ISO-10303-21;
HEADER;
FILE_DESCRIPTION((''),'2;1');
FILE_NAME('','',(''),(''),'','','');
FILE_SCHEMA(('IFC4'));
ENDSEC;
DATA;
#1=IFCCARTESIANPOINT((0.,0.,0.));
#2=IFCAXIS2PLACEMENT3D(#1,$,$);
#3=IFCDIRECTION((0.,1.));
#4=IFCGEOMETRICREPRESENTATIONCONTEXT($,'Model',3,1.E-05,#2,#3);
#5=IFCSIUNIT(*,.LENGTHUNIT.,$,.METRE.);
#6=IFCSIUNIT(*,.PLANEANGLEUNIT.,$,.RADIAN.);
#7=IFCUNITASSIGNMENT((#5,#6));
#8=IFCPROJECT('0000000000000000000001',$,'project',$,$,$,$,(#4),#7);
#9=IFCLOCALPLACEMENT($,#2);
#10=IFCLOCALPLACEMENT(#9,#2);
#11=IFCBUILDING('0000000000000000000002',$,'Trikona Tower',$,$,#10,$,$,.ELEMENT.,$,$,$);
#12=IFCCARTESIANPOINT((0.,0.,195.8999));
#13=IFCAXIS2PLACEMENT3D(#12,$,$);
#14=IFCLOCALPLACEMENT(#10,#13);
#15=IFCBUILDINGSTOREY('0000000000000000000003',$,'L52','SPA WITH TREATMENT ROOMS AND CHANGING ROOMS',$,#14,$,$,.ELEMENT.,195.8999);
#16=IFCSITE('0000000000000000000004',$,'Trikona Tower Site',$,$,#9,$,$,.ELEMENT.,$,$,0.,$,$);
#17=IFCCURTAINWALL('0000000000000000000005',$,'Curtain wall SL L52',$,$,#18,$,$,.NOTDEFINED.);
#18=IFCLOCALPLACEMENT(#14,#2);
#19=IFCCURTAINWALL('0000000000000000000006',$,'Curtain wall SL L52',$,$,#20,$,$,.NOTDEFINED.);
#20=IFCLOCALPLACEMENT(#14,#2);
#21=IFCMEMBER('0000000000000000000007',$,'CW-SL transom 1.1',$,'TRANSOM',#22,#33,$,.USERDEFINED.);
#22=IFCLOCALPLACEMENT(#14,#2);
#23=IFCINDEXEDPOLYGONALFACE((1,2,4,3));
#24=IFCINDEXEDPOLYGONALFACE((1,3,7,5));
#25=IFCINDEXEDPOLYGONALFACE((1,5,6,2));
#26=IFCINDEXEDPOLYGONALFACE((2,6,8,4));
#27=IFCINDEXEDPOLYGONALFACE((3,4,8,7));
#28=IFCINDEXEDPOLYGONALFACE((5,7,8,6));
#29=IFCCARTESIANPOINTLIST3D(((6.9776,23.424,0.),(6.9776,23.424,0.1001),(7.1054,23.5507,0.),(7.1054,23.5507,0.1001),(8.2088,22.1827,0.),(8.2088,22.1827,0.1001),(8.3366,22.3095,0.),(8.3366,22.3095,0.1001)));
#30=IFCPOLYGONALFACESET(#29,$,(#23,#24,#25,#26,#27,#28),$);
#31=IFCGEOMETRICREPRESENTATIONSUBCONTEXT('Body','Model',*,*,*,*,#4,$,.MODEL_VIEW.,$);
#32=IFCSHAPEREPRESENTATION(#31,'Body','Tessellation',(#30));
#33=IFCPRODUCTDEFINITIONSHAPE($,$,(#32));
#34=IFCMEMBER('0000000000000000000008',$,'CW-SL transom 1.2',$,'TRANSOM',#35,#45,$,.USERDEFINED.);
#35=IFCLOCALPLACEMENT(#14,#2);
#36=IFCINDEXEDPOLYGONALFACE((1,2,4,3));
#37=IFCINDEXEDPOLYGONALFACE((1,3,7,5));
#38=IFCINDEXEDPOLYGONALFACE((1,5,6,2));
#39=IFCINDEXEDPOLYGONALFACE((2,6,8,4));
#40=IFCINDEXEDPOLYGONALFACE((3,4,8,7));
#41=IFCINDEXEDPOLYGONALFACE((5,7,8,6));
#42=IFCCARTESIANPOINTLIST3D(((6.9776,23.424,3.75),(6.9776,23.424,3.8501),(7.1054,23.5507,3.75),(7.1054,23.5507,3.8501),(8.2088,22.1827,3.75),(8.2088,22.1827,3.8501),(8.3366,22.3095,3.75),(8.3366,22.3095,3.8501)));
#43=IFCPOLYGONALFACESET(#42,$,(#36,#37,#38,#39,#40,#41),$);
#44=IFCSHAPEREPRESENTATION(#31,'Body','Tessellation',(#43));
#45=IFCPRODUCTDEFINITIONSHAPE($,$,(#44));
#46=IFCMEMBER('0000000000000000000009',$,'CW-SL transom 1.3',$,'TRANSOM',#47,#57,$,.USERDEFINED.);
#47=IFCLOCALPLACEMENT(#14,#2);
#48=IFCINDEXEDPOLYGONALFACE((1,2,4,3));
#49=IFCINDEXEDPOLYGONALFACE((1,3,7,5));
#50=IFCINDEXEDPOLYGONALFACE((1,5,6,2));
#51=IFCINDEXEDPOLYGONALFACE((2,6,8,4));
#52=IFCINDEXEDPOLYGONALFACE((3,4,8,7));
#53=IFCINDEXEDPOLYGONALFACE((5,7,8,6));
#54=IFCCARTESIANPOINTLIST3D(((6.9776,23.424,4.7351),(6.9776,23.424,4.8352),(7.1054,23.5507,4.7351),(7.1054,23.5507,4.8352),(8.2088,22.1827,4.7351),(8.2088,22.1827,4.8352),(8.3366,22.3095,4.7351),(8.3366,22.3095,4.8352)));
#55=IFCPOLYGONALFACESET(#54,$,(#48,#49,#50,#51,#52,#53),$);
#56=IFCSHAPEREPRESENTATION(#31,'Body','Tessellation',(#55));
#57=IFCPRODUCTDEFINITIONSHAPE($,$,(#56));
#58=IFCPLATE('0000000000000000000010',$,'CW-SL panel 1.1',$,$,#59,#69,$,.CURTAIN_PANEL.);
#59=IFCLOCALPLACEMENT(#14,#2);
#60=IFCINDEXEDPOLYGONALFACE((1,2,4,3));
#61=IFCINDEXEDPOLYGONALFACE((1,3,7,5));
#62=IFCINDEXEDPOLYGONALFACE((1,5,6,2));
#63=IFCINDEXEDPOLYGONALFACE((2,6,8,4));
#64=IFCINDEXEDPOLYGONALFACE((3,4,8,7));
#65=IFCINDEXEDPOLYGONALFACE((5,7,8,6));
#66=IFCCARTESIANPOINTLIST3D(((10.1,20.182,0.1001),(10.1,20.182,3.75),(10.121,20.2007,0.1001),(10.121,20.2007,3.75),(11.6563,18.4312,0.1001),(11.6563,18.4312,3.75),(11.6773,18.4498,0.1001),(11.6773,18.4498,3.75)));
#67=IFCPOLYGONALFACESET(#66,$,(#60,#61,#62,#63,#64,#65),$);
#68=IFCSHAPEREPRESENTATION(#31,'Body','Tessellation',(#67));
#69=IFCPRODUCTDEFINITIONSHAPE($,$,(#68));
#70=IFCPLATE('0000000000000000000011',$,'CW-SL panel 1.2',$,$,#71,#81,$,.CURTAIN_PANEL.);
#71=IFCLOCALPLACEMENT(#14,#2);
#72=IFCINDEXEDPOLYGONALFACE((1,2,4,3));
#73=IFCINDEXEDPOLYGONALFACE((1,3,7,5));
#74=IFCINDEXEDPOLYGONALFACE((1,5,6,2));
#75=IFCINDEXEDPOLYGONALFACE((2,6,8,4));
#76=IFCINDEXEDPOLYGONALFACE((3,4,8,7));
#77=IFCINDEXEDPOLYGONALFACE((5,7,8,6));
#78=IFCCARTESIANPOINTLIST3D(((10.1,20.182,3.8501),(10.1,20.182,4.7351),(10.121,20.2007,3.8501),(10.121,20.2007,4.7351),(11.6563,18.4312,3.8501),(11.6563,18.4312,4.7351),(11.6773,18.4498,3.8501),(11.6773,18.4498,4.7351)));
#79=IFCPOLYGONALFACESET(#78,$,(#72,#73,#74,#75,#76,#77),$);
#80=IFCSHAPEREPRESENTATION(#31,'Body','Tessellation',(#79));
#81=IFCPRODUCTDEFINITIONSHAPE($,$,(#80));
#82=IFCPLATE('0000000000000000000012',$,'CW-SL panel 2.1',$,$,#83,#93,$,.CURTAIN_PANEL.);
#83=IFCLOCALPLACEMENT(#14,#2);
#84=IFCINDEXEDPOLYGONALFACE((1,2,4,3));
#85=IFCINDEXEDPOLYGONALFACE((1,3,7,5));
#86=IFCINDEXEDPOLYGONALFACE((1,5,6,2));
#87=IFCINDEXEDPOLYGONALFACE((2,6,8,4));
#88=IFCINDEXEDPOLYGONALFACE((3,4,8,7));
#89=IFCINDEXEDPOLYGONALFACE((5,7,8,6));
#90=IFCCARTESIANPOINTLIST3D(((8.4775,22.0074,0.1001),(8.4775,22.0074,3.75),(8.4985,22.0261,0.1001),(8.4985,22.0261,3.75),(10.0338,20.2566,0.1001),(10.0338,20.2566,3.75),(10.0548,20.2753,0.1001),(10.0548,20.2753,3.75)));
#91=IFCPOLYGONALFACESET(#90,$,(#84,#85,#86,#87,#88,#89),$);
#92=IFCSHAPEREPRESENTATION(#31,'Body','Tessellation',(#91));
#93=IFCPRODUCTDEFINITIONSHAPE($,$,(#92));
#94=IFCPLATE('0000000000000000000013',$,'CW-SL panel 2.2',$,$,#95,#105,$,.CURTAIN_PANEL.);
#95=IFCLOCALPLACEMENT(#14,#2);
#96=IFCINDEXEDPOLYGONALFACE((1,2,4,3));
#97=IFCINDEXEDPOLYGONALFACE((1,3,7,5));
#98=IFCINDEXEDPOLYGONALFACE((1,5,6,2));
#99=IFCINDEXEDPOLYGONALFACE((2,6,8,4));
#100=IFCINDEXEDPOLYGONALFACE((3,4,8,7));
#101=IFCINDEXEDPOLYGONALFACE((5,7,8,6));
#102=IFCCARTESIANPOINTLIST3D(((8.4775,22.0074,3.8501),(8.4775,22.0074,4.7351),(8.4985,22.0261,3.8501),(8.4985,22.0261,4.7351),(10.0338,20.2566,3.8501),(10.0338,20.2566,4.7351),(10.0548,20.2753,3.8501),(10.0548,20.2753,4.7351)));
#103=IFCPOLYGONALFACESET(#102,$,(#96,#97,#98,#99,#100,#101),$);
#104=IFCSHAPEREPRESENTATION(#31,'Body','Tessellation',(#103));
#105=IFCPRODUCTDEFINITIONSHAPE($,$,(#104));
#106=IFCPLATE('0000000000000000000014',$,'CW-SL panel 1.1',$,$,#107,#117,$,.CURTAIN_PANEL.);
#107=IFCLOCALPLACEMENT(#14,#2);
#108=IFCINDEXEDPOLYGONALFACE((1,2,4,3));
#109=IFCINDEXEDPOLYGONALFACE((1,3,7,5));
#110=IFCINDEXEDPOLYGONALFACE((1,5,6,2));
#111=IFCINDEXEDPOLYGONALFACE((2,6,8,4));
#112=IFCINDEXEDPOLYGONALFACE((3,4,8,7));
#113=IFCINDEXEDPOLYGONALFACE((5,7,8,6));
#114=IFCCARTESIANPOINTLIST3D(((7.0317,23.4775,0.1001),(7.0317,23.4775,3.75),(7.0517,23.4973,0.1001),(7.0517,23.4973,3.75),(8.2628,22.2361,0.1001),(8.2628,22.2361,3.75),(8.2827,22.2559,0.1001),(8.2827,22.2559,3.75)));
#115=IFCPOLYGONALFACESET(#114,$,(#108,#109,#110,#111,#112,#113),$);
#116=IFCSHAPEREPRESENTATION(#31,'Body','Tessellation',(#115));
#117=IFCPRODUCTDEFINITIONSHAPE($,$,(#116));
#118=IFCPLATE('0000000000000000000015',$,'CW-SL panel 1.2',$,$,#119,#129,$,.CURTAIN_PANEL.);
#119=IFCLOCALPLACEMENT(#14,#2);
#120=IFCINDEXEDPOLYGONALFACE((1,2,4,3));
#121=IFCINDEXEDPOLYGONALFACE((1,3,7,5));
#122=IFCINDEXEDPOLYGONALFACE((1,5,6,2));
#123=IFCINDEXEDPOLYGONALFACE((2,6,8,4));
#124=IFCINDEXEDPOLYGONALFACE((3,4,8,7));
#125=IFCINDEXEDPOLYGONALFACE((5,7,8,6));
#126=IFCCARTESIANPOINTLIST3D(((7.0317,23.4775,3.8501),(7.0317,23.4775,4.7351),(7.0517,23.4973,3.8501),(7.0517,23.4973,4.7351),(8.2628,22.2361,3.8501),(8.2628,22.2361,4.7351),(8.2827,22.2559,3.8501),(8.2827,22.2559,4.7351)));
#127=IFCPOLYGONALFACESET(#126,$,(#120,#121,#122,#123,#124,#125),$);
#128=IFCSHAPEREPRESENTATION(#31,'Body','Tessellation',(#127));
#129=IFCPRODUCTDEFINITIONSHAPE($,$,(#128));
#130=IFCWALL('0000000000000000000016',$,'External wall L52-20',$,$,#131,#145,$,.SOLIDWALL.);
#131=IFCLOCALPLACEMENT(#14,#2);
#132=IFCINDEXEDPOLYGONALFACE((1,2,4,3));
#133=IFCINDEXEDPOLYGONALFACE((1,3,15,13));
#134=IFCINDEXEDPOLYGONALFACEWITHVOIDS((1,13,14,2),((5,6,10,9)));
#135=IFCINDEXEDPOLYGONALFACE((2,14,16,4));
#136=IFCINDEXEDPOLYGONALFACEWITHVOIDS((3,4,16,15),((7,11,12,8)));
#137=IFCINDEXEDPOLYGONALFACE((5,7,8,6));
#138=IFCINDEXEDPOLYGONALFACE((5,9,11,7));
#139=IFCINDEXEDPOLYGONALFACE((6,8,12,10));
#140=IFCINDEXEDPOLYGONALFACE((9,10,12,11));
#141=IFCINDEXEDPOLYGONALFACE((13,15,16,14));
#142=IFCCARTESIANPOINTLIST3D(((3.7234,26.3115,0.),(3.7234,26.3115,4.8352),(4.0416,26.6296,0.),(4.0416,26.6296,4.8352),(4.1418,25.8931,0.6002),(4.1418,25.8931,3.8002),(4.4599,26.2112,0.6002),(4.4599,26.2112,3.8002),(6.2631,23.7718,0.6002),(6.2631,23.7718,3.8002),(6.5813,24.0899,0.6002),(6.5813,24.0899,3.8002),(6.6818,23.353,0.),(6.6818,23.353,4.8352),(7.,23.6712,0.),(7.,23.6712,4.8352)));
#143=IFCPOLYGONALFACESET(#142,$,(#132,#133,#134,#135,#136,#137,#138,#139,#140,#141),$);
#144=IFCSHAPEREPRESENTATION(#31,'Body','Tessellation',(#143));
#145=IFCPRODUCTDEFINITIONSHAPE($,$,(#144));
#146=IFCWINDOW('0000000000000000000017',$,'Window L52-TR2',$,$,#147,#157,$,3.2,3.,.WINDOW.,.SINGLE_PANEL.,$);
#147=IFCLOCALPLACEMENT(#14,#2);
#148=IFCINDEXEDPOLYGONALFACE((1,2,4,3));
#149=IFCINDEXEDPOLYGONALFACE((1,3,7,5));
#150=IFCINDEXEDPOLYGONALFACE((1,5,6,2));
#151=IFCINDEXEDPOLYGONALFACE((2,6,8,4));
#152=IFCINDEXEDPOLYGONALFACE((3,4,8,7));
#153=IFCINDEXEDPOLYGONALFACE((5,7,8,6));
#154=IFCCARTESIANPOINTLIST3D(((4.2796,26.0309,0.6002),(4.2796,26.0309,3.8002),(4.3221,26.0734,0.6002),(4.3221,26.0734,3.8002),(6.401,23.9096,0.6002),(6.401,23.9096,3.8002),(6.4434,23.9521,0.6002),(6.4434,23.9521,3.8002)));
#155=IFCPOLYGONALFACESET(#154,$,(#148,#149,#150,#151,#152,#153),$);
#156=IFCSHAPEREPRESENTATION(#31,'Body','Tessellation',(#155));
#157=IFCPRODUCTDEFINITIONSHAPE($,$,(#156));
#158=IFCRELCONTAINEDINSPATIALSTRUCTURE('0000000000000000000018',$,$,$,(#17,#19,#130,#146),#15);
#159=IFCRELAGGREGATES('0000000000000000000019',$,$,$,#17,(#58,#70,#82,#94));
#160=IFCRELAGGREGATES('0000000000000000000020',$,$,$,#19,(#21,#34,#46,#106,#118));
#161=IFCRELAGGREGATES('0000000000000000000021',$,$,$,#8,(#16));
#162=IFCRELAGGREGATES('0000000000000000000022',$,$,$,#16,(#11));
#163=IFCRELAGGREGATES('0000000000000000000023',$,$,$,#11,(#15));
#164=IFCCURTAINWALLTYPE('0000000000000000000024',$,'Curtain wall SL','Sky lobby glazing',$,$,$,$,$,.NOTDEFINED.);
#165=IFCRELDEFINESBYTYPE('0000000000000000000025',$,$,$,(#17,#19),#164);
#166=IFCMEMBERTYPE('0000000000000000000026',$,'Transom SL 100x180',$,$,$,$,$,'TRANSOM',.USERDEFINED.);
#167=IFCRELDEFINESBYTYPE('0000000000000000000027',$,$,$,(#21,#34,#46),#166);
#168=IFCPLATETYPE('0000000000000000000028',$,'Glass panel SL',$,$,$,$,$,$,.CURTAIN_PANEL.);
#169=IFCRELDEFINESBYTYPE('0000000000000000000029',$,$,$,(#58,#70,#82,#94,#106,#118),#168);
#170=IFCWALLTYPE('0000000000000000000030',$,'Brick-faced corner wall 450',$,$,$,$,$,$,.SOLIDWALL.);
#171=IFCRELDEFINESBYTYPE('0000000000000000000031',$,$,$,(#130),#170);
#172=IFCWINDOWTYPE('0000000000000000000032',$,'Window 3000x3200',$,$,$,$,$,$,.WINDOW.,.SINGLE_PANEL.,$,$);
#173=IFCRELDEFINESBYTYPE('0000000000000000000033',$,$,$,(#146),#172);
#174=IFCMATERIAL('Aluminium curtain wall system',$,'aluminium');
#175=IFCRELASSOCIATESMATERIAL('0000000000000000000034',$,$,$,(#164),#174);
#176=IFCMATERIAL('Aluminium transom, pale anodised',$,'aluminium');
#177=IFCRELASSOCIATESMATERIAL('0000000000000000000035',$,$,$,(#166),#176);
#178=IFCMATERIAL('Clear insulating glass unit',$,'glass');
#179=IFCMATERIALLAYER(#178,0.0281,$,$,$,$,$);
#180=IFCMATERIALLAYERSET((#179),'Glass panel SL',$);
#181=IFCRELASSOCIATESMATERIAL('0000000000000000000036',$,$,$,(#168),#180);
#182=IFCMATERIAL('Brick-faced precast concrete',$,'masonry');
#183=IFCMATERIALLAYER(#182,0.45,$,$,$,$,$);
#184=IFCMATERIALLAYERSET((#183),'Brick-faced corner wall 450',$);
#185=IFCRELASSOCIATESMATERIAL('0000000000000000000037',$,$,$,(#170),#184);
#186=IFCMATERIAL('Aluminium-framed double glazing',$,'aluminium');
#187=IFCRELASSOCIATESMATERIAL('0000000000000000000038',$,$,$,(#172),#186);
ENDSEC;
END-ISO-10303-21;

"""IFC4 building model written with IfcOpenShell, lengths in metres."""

from ifc_helpers import new_model, si_unit, direction, frame, frame_2d, origin, origin_2d, place, context, subcontext, project, spatial, rectangle, extrude, material, layer, layer_set, material_profile, profile_set, type_object, element, fill, aggregate, save


model = new_model("IFC4")

# Units and contexts
model_context = context("Model", 3, precision=1e-05, world=origin(), true_north=direction((0.0, 1.0)))
body_context = subcontext(model_context, "Body", "Model", "MODEL_VIEW")
ifc_project = project(units=[si_unit("LENGTHUNIT", "METRE"), si_unit("PLANEANGLEUNIT", "RADIAN")], contexts=[model_context])

# Site, building, storey
site_placement = place(None, origin())
site = spatial("IfcSite", under=ifc_project, at=site_placement, Name="Trikona Tower Site", CompositionType="ELEMENT", RefElevation=0.0)
building_placement = place(site_placement, origin())
building = spatial("IfcBuilding", under=site, at=building_placement, Name="Trikona Tower", CompositionType="ELEMENT")
storey_placement = place(building_placement, frame((0.0, 0.0, 195.8999)))
storey = spatial("IfcBuildingStorey", under=building, at=storey_placement, Name="L52", Description="SPA WITH TREATMENT ROOMS AND CHANGING ROOMS", CompositionType="ELEMENT", Elevation=195.8999)

# Curtain walls
ifc_material_1 = material(Name="Aluminium curtain wall system", Category="aluminium")
curtain_wall_type = type_object("IfcCurtainWallType", Name="Curtain wall SL", Description="Sky lobby glazing", PredefinedType="NOTDEFINED", material=ifc_material_1)
curtain_wall_1_placement = place(storey_placement, origin())
curtain_wall_1 = element("IfcCurtainWall", 1, at=curtain_wall_1_placement, inside=storey, type_object=curtain_wall_type, Name="Curtain wall SL L52", PredefinedType="NOTDEFINED")
curtain_wall_2_placement = place(storey_placement, origin())
curtain_wall_2 = element("IfcCurtainWall", 2, at=curtain_wall_2_placement, inside=storey, type_object=curtain_wall_type, Name="Curtain wall SL L52", PredefinedType="NOTDEFINED")

# Members
ifc_material_2 = material(Name="Aluminium transom, pale anodised", Category="aluminium")
ifc_material_profile_1 = material_profile(ifc_material_2, rectangle(XDim=0.1799, YDim=0.1001, at=origin_2d()), Name="TRN-SL")
ifc_profile_set_1 = profile_set([ifc_material_profile_1], Name="Aluminium transom, pale anodised")
member_type_1 = type_object("IfcMemberType", Name="Transom SL 100x180", ElementType="TRANSOM", PredefinedType="USERDEFINED", material=ifc_profile_set_1)
member_1_placement = place(storey_placement, frame((8.2727, 22.2461, 0.05), z_axis=(-0.704238, 0.709964, 0.0), x_axis=(-0.709964, -0.704238, 0.0)))
member_1 = element("IfcMember", 3, at=member_1_placement, type_object=member_type_1, Name="CW-SL transom 1.1", ObjectType="TRANSOM", PredefinedType="USERDEFINED", context=body_context, shape_type="SweptSolid", body=[
    extrude(rectangle(XDim=0.1799, YDim=0.1001, at=origin_2d()), origin(), (0.0, 0.0, 1.0), 1.7483),
])
member_2_placement = place(storey_placement, frame((8.2727, 22.2461, 3.8), z_axis=(-0.704238, 0.709964, 0.0), x_axis=(-0.709964, -0.704238, 0.0)))
member_2 = element("IfcMember", 4, at=member_2_placement, type_object=member_type_1, Name="CW-SL transom 1.2", ObjectType="TRANSOM", PredefinedType="USERDEFINED", context=body_context, shape_type="SweptSolid", body=[
    extrude(rectangle(XDim=0.1799, YDim=0.1001, at=origin_2d()), origin(), (0.0, 0.0, 1.0), 1.7483),
])
member_3_placement = place(storey_placement, frame((8.2727, 22.2461, 4.7852), z_axis=(-0.704238, 0.709964, 0.0), x_axis=(-0.709964, -0.704238, 0.0)))
member_3 = element("IfcMember", 5, at=member_3_placement, type_object=member_type_1, Name="CW-SL transom 1.3", ObjectType="TRANSOM", PredefinedType="USERDEFINED", context=body_context, shape_type="SweptSolid", body=[
    extrude(rectangle(XDim=0.1799, YDim=0.1001, at=origin_2d()), origin(), (0.0, 0.0, 1.0), 1.7483),
])

# Plates
ifc_material_3 = material(Name="Clear insulating glass unit", Category="glass")
ifc_layer_1 = layer(ifc_material_3, 0.0281)
ifc_layer_set_1 = layer_set([ifc_layer_1], Name="Glass panel SL")
plate_type = type_object("IfcPlateType", Name="Glass panel SL", PredefinedType="CURTAIN_PANEL", material=ifc_layer_set_1)
plate_1_placement = place(storey_placement, frame((10.8887, 19.3159, 0.1001), z_axis=(0.0, 0.0, 1.0), x_axis=(-0.664371, 0.747403, 0.0)))
plate_1 = element("IfcPlate", 6, at=plate_1_placement, type_object=plate_type, Name="CW-SL panel 1.1", PredefinedType="CURTAIN_PANEL", context=body_context, shape_type="SweptSolid", body=[
    extrude(rectangle(XDim=2.3425, YDim=0.0281, at=origin_2d()), origin(), (0.0, 0.0, 1.0), 3.6499),
])
plate_2_placement = place(storey_placement, frame((10.8887, 19.3159, 3.8501), z_axis=(0.0, 0.0, 1.0), x_axis=(-0.664371, 0.747403, 0.0)))
plate_2 = element("IfcPlate", 7, at=plate_2_placement, type_object=plate_type, Name="CW-SL panel 1.2", PredefinedType="CURTAIN_PANEL", context=body_context, shape_type="SweptSolid", body=[
    extrude(rectangle(XDim=2.3425, YDim=0.0281, at=origin_2d()), origin(), (0.0, 0.0, 1.0), 0.885),
])
plate_3_placement = place(storey_placement, frame((9.2661, 21.1414, 0.1001), z_axis=(0.0, 0.0, 1.0), x_axis=(-0.664371, 0.747403, 0.0)))
plate_3 = element("IfcPlate", 8, at=plate_3_placement, type_object=plate_type, Name="CW-SL panel 2.1", PredefinedType="CURTAIN_PANEL", context=body_context, shape_type="SweptSolid", body=[
    extrude(rectangle(XDim=2.3425, YDim=0.0281, at=origin_2d()), origin(), (0.0, 0.0, 1.0), 3.6499),
])
plate_4_placement = place(storey_placement, frame((9.2661, 21.1414, 3.8501), z_axis=(0.0, 0.0, 1.0), x_axis=(-0.664371, 0.747403, 0.0)))
plate_4 = element("IfcPlate", 9, at=plate_4_placement, type_object=plate_type, Name="CW-SL panel 2.2", PredefinedType="CURTAIN_PANEL", context=body_context, shape_type="SweptSolid", body=[
    extrude(rectangle(XDim=2.3425, YDim=0.0281, at=origin_2d()), origin(), (0.0, 0.0, 1.0), 0.885),
])
aggregate(curtain_wall_1, [plate_1, plate_2, plate_3, plate_4])
plate_5_placement = place(storey_placement, frame((7.6572, 22.8667, 0.1001), z_axis=(0.0, 0.0, 1.0), x_axis=(-0.704149, 0.710052, 0.0)))
plate_5 = element("IfcPlate", 10, at=plate_5_placement, type_object=plate_type, Name="CW-SL panel 1.1", PredefinedType="CURTAIN_PANEL", context=body_context, shape_type="SweptSolid", body=[
    extrude(rectangle(XDim=1.7483, YDim=0.0281, at=origin_2d()), origin(), (0.0, 0.0, 1.0), 3.6499),
])
plate_6_placement = place(storey_placement, frame((7.6572, 22.8667, 3.8501), z_axis=(0.0, 0.0, 1.0), x_axis=(-0.704149, 0.710052, 0.0)))
plate_6 = element("IfcPlate", 11, at=plate_6_placement, type_object=plate_type, Name="CW-SL panel 1.2", PredefinedType="CURTAIN_PANEL", context=body_context, shape_type="SweptSolid", body=[
    extrude(rectangle(XDim=1.7483, YDim=0.0281, at=origin_2d()), origin(), (0.0, 0.0, 1.0), 0.885),
])
aggregate(curtain_wall_2, [member_1, member_2, member_3, plate_5, plate_6])

# Wall, opening, window
ifc_material_4 = material(Name="Brick-faced precast concrete", Category="masonry")
ifc_layer_2 = layer(ifc_material_4, 0.45)
ifc_layer_set_2 = layer_set([ifc_layer_2], Name="Brick-faced corner wall 450")
wall_type_1 = type_object("IfcWallType", Name="Brick-faced corner wall 450", PredefinedType="SOLIDWALL", material=ifc_layer_set_2)
wall_1_placement = place(storey_placement, frame((6.8408, 23.5122, 0.0), z_axis=(0.0, 0.0, 1.0), x_axis=(-0.707107, 0.707107, 0.0)))
wall_1 = element("IfcWall", 12, at=wall_1_placement, inside=storey, type_object=wall_type_1, Name="External wall L52-20", PredefinedType="SOLIDWALL", context=body_context, shape_type="SweptSolid", body=[
    extrude(rectangle(XDim=4.1838, YDim=0.45, at=frame_2d((2.0918, 0.0))), origin(), (0.0, 0.0, 1.0), 4.8352),
])
opening_1_placement = place(wall_1_placement, frame((0.592, 0.0, 0.6001)))
opening_1 = element("IfcOpeningElement", 13, at=opening_1_placement, cuts=wall_1, PredefinedType="OPENING", context=body_context, shape_type="SweptSolid", body=[
    extrude(rectangle(XDim=3.0, YDim=3.2, at=frame_2d((1.5, 1.6001))), frame((0.0, 0.2349, 0.0), z_axis=(0.0, -1.0, 0.0), x_axis=(1.0, 0.0, 0.0)), (0.0, 0.0, 1.0), 0.47),
])
ifc_material_5 = material(Name="Aluminium-framed double glazing", Category="aluminium")
window_type_1 = type_object("IfcWindowType", Name="Window 3000x3200", PartitioningType="SINGLE_PANEL", PredefinedType="WINDOW", material=ifc_material_5)
window_1_placement = place(opening_1_placement, origin())
window_1 = element("IfcWindow", 14, at=window_1_placement, inside=storey, type_object=window_type_1, Name="Window L52-TR2", OverallHeight=3.2, OverallWidth=3.0, PartitioningType="SINGLE_PANEL", PredefinedType="WINDOW", context=body_context, shape_type="SweptSolid", body=[
    extrude(rectangle(XDim=3.0, YDim=3.2, at=frame_2d((1.5, 1.6001))), frame((0.0, 0.03, 0.0), z_axis=(0.0, -1.0, 0.0), x_axis=(1.0, 0.0, 0.0)), (0.0, 0.0, 1.0), 0.0601),
])
fill(opening_1, window_1)

save(model, "model.ifc")
